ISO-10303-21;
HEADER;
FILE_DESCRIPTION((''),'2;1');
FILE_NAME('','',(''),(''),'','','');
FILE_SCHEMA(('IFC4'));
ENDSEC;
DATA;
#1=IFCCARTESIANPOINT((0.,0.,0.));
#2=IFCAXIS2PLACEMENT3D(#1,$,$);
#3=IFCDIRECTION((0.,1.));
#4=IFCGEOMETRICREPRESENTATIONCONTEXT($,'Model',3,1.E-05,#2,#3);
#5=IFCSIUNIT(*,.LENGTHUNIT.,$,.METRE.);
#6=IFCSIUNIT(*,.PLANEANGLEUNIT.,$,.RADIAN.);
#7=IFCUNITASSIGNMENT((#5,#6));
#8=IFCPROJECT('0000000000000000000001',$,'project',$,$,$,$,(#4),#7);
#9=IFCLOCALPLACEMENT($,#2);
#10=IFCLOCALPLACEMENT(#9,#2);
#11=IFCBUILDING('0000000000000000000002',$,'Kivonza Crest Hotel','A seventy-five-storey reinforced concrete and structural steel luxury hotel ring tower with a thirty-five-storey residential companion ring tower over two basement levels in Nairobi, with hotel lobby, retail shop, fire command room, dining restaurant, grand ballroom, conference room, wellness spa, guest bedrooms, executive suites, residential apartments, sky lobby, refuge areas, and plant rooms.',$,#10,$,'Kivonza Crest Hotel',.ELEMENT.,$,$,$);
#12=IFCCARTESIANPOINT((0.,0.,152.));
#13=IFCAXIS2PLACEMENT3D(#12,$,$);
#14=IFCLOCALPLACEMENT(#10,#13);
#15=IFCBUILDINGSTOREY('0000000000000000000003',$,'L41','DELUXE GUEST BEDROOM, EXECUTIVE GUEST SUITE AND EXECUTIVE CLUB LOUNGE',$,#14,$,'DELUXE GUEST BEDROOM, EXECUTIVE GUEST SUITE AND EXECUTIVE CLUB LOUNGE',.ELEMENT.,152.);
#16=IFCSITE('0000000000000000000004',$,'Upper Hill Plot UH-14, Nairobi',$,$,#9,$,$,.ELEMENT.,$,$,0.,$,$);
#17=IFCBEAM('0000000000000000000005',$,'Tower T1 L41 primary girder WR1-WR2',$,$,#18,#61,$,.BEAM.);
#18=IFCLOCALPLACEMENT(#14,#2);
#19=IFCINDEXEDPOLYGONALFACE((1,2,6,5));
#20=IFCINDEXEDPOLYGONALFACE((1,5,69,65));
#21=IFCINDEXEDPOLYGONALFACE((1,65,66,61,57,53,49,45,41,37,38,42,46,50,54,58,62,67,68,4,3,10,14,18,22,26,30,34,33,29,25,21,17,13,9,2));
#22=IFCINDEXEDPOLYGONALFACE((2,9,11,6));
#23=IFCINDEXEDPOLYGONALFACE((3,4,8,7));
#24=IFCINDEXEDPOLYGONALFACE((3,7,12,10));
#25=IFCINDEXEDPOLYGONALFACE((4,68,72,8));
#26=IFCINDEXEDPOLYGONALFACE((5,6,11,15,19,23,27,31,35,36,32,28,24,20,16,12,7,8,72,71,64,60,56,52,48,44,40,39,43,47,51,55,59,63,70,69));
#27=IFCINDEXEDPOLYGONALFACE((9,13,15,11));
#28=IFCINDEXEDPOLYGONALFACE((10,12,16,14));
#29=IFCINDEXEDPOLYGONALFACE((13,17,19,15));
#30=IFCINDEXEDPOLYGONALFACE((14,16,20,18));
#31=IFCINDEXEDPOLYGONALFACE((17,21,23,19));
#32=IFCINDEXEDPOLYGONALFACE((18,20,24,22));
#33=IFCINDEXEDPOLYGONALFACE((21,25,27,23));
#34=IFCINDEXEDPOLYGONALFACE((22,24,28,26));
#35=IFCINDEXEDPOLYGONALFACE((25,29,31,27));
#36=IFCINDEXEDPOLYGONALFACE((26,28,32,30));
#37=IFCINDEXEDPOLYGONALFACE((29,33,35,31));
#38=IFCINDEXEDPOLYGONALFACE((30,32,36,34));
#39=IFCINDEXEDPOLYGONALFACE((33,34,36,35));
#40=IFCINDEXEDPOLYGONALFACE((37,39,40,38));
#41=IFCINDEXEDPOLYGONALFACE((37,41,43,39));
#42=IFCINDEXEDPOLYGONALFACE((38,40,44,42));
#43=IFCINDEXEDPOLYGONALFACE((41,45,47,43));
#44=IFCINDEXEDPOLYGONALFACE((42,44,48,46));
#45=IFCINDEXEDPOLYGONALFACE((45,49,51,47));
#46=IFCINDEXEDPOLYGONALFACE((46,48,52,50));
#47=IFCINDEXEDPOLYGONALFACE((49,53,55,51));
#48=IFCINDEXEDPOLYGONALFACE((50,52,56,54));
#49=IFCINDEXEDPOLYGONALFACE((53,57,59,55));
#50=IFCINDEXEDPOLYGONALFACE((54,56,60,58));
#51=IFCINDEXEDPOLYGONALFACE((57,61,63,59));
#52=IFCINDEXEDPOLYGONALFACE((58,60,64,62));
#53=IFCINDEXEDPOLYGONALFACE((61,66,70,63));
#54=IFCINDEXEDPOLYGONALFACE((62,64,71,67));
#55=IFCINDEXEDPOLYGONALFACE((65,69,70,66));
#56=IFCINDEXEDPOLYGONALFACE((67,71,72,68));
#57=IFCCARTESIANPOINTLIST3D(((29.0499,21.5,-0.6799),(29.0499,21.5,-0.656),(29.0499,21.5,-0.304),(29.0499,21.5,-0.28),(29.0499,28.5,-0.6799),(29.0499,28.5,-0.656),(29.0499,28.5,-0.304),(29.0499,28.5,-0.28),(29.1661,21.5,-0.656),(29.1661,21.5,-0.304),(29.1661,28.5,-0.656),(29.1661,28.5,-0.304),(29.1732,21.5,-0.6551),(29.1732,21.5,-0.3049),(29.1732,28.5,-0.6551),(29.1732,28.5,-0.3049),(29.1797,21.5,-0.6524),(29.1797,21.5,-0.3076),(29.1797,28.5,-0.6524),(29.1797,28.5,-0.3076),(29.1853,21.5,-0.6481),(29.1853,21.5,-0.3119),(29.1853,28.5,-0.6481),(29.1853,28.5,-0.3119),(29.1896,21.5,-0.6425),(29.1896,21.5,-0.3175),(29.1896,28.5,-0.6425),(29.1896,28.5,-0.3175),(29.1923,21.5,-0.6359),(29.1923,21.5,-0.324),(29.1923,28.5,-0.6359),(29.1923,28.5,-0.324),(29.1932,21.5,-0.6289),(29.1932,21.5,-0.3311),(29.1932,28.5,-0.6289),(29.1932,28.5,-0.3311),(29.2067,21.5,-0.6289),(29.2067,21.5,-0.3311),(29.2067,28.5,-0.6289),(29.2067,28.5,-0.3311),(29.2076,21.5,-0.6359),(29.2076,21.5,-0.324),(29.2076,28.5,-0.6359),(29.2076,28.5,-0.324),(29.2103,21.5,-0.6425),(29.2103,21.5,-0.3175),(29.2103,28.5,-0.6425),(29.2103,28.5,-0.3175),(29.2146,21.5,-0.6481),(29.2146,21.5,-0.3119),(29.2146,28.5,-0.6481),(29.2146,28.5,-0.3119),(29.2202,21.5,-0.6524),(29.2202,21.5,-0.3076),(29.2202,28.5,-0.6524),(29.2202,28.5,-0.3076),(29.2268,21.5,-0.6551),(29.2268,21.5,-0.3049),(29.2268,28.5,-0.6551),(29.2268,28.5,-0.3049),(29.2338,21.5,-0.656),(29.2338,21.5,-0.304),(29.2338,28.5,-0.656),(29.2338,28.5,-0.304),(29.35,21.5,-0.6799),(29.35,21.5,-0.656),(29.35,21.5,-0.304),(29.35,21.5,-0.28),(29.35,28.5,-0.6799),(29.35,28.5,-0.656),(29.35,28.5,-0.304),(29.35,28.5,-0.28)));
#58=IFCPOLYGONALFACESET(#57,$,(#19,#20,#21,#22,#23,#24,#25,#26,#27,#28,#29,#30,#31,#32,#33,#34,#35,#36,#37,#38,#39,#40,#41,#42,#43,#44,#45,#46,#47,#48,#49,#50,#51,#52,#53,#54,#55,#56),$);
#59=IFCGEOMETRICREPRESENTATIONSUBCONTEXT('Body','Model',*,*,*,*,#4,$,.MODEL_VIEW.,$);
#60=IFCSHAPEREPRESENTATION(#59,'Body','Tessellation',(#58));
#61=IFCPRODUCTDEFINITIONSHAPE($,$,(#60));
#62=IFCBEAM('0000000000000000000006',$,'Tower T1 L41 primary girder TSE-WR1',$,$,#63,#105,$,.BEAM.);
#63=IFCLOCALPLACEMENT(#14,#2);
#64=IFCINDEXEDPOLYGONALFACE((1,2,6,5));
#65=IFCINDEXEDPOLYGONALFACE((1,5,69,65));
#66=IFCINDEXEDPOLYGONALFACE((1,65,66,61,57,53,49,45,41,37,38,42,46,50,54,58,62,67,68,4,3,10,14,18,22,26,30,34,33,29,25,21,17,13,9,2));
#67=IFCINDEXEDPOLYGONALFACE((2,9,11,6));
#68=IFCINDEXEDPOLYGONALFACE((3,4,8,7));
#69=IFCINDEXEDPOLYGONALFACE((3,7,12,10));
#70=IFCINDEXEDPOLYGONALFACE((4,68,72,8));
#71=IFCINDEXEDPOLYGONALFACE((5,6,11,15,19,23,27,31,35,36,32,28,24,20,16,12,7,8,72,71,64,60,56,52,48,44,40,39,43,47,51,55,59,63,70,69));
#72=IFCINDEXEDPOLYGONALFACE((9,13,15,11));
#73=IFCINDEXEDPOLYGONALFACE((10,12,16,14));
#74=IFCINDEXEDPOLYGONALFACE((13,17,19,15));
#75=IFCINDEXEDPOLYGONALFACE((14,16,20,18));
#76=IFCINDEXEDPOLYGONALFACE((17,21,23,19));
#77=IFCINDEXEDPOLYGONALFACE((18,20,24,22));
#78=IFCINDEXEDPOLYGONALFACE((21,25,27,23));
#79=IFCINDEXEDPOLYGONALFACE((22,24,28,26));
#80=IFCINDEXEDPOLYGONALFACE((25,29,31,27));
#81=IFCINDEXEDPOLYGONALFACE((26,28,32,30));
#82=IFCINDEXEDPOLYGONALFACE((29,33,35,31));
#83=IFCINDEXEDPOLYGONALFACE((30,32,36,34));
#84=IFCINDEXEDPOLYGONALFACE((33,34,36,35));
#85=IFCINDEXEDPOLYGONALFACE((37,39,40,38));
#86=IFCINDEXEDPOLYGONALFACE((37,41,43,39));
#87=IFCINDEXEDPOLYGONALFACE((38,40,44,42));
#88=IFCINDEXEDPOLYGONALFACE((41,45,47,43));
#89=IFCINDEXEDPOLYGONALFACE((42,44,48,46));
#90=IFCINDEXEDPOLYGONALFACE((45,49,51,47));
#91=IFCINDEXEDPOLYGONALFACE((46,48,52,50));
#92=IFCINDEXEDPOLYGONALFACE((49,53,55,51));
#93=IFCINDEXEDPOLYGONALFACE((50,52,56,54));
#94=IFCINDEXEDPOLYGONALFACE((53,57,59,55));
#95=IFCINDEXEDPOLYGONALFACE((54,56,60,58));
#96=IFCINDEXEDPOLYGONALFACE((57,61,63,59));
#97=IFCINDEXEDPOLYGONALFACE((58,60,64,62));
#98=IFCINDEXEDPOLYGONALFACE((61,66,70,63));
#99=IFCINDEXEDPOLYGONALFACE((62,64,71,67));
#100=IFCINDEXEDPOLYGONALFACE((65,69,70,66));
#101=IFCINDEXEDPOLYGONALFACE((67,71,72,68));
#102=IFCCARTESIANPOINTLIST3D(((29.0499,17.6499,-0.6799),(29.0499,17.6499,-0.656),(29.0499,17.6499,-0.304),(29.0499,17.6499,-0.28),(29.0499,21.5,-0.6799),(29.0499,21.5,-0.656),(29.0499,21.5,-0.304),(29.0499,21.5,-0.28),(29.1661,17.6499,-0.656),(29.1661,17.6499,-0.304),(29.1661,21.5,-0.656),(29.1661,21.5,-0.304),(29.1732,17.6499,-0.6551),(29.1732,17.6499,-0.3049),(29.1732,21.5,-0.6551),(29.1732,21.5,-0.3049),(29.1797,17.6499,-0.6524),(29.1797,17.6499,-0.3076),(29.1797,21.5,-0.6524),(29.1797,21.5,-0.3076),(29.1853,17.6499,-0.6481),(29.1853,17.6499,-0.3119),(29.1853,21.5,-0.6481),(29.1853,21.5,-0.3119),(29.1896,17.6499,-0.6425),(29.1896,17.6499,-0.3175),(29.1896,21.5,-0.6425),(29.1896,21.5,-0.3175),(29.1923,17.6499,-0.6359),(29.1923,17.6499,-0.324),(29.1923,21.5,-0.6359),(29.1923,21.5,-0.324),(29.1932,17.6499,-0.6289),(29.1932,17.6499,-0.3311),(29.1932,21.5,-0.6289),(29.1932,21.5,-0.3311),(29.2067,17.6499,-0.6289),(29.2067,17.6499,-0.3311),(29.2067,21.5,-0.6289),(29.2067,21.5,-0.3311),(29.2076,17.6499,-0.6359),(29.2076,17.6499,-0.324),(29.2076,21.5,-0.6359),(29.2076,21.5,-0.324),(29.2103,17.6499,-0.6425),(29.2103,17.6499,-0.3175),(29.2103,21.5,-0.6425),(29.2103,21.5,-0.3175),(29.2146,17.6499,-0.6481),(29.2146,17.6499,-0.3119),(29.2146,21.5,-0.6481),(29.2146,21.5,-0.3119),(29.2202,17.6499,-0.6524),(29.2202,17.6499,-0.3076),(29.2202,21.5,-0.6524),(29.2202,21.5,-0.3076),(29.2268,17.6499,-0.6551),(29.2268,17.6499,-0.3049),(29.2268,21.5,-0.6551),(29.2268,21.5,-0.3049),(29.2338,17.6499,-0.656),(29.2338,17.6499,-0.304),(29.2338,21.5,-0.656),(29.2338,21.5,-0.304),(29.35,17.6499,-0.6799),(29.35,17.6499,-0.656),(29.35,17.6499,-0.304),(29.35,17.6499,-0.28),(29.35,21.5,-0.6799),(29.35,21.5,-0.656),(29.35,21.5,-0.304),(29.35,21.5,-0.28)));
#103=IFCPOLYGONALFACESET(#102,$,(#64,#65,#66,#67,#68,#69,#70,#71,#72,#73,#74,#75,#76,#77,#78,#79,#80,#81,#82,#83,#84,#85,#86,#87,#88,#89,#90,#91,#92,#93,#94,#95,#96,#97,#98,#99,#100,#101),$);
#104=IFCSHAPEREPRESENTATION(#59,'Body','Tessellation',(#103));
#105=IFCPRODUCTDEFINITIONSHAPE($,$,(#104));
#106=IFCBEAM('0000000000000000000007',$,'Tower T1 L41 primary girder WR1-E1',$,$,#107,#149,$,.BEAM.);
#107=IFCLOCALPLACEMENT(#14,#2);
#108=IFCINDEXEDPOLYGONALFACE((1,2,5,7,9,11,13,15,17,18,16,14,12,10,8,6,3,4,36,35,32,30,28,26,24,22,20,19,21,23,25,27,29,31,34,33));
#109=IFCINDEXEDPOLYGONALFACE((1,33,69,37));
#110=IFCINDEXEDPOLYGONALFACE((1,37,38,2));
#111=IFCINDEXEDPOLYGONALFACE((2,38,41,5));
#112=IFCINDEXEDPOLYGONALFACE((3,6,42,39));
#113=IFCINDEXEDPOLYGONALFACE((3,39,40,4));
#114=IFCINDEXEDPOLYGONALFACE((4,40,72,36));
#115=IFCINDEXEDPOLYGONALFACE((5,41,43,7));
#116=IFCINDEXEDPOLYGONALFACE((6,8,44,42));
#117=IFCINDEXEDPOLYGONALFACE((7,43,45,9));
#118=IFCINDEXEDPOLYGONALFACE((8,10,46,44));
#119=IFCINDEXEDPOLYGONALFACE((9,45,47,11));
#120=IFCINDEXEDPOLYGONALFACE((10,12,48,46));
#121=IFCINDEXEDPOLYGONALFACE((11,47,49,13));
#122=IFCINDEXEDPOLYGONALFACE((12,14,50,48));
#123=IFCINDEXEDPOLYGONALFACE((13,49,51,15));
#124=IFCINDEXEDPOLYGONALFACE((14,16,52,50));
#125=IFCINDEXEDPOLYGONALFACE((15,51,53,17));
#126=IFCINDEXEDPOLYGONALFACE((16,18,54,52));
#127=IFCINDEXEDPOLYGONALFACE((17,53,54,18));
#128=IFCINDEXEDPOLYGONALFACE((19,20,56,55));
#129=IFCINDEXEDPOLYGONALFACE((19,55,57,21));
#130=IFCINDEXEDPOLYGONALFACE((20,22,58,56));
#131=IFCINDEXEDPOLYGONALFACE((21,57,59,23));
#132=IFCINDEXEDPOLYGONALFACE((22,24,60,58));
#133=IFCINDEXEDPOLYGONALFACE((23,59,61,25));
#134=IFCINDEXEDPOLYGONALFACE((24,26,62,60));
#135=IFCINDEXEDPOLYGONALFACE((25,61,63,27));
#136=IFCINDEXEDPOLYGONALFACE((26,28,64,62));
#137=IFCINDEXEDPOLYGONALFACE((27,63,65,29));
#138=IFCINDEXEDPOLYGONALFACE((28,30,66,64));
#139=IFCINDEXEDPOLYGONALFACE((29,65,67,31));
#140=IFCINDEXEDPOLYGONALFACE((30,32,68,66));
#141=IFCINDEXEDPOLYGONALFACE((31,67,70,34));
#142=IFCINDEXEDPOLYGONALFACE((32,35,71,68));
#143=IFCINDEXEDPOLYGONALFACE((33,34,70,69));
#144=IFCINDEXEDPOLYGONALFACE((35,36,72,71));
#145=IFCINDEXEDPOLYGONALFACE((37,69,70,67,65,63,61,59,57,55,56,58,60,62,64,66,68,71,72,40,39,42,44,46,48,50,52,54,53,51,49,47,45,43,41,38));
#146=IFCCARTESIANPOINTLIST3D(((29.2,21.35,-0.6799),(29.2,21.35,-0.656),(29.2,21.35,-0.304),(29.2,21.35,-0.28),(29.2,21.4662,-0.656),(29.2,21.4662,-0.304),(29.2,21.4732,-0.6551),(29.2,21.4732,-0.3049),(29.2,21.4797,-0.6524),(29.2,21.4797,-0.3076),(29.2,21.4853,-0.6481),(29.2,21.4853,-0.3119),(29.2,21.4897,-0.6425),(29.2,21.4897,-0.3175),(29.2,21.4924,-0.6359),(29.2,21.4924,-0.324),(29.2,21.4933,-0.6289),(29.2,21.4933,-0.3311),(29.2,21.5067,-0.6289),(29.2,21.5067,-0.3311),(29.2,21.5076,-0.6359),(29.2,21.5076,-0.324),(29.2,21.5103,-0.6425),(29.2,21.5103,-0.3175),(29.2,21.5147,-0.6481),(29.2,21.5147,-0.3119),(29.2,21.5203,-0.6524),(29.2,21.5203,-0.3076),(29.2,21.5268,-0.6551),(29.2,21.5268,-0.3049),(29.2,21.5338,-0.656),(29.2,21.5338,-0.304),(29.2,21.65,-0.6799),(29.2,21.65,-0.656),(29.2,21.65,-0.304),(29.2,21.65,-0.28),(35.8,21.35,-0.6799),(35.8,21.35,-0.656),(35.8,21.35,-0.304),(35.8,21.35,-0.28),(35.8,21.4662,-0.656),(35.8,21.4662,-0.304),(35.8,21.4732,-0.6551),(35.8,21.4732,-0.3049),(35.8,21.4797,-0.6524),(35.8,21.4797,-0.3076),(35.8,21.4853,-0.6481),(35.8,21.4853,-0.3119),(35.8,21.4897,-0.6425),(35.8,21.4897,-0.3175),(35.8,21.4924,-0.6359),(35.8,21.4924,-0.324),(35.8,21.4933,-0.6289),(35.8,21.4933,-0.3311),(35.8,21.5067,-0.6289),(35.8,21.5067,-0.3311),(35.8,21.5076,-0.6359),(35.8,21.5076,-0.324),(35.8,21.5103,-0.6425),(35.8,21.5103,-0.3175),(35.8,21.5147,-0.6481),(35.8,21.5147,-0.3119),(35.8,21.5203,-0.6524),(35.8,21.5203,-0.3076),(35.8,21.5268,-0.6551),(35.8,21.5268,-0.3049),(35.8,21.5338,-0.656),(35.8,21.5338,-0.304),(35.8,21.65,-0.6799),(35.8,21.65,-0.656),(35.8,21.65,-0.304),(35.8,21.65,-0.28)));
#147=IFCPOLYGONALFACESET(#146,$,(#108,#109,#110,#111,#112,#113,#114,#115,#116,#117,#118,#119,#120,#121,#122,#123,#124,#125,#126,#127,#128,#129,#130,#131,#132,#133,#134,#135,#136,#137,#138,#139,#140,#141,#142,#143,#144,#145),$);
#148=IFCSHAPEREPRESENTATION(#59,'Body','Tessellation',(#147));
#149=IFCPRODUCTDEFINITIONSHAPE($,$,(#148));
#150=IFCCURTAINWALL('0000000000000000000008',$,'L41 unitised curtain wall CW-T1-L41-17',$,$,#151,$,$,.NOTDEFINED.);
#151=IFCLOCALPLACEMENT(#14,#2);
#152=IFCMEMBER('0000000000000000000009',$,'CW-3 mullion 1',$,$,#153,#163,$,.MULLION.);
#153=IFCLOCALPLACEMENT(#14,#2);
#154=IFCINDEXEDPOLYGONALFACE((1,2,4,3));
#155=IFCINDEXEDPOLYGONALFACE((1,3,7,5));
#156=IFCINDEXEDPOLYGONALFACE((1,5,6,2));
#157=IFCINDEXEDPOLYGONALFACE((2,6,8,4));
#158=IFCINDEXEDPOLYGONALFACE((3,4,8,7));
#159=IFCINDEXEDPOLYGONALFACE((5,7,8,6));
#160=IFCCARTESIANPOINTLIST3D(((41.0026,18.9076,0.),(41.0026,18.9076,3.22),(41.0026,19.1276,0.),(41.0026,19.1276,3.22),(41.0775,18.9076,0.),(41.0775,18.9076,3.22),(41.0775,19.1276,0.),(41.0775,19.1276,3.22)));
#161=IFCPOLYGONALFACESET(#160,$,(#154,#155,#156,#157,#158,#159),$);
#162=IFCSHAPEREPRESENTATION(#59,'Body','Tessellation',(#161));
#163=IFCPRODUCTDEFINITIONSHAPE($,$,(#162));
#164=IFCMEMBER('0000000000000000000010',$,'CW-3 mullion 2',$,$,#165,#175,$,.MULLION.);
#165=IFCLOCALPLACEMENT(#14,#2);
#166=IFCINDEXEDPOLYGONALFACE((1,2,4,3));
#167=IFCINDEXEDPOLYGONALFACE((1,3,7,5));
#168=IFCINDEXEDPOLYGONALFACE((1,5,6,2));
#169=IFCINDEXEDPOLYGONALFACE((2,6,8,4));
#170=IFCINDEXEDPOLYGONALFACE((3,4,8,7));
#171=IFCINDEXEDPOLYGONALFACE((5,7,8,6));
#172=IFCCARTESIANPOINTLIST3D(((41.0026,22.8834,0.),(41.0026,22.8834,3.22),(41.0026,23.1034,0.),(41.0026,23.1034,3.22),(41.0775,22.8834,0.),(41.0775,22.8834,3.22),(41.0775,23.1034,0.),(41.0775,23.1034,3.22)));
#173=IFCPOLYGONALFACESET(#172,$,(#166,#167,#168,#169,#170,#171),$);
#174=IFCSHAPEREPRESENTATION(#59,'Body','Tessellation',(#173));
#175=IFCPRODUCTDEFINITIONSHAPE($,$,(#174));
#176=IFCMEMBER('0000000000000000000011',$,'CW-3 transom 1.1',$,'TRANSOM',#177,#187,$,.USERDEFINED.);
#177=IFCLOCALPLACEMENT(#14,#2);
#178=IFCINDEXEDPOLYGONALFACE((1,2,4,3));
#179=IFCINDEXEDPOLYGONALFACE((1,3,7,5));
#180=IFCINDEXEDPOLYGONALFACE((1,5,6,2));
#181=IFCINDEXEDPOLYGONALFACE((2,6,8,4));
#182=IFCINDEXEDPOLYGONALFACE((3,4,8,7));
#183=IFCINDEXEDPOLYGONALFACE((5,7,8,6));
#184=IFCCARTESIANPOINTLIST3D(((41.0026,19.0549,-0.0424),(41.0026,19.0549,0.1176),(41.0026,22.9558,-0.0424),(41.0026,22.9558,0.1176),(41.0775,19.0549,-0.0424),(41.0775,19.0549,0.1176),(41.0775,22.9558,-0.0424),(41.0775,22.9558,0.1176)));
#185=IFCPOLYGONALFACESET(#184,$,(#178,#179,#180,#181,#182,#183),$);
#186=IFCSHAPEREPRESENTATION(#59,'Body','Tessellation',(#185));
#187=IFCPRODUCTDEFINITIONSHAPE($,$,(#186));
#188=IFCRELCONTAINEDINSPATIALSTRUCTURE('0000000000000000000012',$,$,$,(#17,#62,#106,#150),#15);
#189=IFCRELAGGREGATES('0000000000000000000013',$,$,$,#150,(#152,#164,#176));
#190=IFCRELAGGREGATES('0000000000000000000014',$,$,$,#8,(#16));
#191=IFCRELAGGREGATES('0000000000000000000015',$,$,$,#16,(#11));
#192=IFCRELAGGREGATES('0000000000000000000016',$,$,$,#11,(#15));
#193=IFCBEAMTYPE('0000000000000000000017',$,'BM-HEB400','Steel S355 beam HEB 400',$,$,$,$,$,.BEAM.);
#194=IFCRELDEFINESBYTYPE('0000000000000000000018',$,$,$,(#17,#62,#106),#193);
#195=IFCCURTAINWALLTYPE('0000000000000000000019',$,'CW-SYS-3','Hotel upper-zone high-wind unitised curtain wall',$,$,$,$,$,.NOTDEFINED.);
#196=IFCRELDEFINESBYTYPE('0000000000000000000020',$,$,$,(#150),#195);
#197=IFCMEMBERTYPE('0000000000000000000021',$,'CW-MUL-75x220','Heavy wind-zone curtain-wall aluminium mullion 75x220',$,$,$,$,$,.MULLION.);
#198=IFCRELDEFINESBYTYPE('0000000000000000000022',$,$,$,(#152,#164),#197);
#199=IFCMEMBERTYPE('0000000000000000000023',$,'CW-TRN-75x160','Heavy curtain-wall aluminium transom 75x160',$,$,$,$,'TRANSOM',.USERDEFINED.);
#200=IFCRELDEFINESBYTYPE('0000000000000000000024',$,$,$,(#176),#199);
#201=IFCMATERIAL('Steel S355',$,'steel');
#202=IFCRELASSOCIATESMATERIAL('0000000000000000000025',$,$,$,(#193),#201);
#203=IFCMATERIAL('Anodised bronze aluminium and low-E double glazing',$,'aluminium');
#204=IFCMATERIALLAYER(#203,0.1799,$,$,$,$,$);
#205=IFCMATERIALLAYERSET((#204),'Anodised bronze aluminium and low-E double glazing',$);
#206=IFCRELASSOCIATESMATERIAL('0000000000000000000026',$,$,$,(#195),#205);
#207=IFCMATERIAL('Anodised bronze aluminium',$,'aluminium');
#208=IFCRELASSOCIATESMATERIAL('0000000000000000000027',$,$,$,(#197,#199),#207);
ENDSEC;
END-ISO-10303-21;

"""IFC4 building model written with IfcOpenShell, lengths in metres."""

from ifc_helpers import new_model, si_unit, direction, frame, origin, origin_2d, place, context, subcontext, project, spatial, rectangle, i_section, extrude, material, layer, layer_set, material_profile, profile_set, type_object, element, aggregate, save


model = new_model("IFC4")

# Units and contexts
model_context = context("Model", 3, precision=1e-05, world=origin(), true_north=direction((0.0, 1.0)))
body_context = subcontext(model_context, "Body", "Model", "MODEL_VIEW")
ifc_project = project(units=[si_unit("LENGTHUNIT", "METRE"), si_unit("PLANEANGLEUNIT", "RADIAN")], contexts=[model_context])

# Site, building, storey
site_placement = place(None, origin())
site = spatial("IfcSite", under=ifc_project, at=site_placement, Name="Upper Hill Plot UH-14, Nairobi", CompositionType="ELEMENT", RefElevation=0.0)
building_placement = place(site_placement, origin())
building = spatial("IfcBuilding", under=site, at=building_placement, Name="Kivonza Crest Hotel", Description="A seventy-five-storey reinforced concrete and structural steel luxury hotel ring tower with a thirty-five-storey residential companion ring tower over two basement levels in Nairobi, with hotel lobby, retail shop, fire command room, dining restaurant, grand ballroom, conference room, wellness spa, guest bedrooms, executive suites, residential apartments, sky lobby, refuge areas, and plant rooms.", LongName="Kivonza Crest Hotel", CompositionType="ELEMENT")
storey_placement = place(building_placement, frame((0.0, 0.0, 152.0)))
storey = spatial("IfcBuildingStorey", under=building, at=storey_placement, Name="L41", Description="DELUXE GUEST BEDROOM, EXECUTIVE GUEST SUITE AND EXECUTIVE CLUB LOUNGE", LongName="DELUXE GUEST BEDROOM, EXECUTIVE GUEST SUITE AND EXECUTIVE CLUB LOUNGE", CompositionType="ELEMENT", Elevation=152.0)

# Beams
ifc_material_1 = material(Name="Steel S355", Category="steel")
ifc_material_profile_1 = material_profile(ifc_material_1, i_section(OverallWidth=0.3, OverallDepth=0.3999, WebThickness=0.0134, FlangeThickness=0.0239, FilletRadius=0.0271, at=origin_2d()), Name="HEB 400")
ifc_profile_set_1 = profile_set([ifc_material_profile_1], Name="Steel S355")
beam_type_1 = type_object("IfcBeamType", Name="BM-HEB400", Description="Steel S355 beam HEB 400", PredefinedType="BEAM", material=ifc_profile_set_1)
beam_1_placement = place(storey_placement, frame((29.2, 21.5, -0.48), z_axis=(0.0, 1.0, 0.0), x_axis=(-1.0, 0.0, 0.0)))
element("IfcBeam", 1, at=beam_1_placement, inside=storey, type_object=beam_type_1, Name="Tower T1 L41 primary girder WR1-WR2", PredefinedType="BEAM", context=body_context, shape_type="SweptSolid", body=[
    extrude(i_section(OverallWidth=0.3, OverallDepth=0.3999, WebThickness=0.0134, FlangeThickness=0.0239, FilletRadius=0.0271, at=origin_2d()), origin(), (0.0, 0.0, 1.0), 7.0),
])
beam_2_placement = place(storey_placement, frame((29.2, 17.6499, -0.48), z_axis=(0.0, 1.0, 0.0), x_axis=(-1.0, 0.0, 0.0)))
element("IfcBeam", 2, at=beam_2_placement, inside=storey, type_object=beam_type_1, Name="Tower T1 L41 primary girder TSE-WR1", PredefinedType="BEAM", context=body_context, shape_type="SweptSolid", body=[
    extrude(i_section(OverallWidth=0.3, OverallDepth=0.3999, WebThickness=0.0134, FlangeThickness=0.0239, FilletRadius=0.0271, at=origin_2d()), origin(), (0.0, 0.0, 1.0), 3.8501),
])
beam_3_placement = place(storey_placement, frame((29.2, 21.5, -0.48), z_axis=(1.0, 0.0, 0.0), x_axis=(0.0, 1.0, 0.0)))
element("IfcBeam", 3, at=beam_3_placement, inside=storey, type_object=beam_type_1, Name="Tower T1 L41 primary girder WR1-E1", PredefinedType="BEAM", context=body_context, shape_type="SweptSolid", body=[
    extrude(i_section(OverallWidth=0.3, OverallDepth=0.3999, WebThickness=0.0134, FlangeThickness=0.0239, FilletRadius=0.0271, at=origin_2d()), origin(), (0.0, 0.0, 1.0), 6.6001),
])

# Curtain wall, members
ifc_material_2 = material(Name="Anodised bronze aluminium and low-E double glazing", Category="aluminium")
ifc_layer_1 = layer(ifc_material_2, 0.1799)
ifc_layer_set_1 = layer_set([ifc_layer_1], Name="Anodised bronze aluminium and low-E double glazing")
curtain_wall_type = type_object("IfcCurtainWallType", Name="CW-SYS-3", Description="Hotel upper-zone high-wind unitised curtain wall", PredefinedType="NOTDEFINED", material=ifc_layer_set_1)
curtain_wall_placement = place(storey_placement, origin())
curtain_wall = element("IfcCurtainWall", 4, at=curtain_wall_placement, inside=storey, type_object=curtain_wall_type, Name="L41 unitised curtain wall CW-T1-L41-17", PredefinedType="NOTDEFINED")
ifc_material_3 = material(Name="Anodised bronze aluminium", Category="aluminium")
ifc_material_profile_2 = material_profile(ifc_material_3, rectangle(XDim=0.075, YDim=0.22, at=origin_2d()), Name="CW-M 75x220")
ifc_profile_set_2 = profile_set([ifc_material_profile_2], Name="Anodised bronze aluminium")
member_type_1 = type_object("IfcMemberType", Name="CW-MUL-75x220", Description="Heavy wind-zone curtain-wall aluminium mullion 75x220", PredefinedType="MULLION", material=ifc_profile_set_2)
member_1_placement = place(storey_placement, frame((41.04, 19.0176, 0.0), z_axis=(0.0, 0.0, 1.0), x_axis=(-1.0, 0.0, 0.0)))
member_1 = element("IfcMember", 5, at=member_1_placement, type_object=member_type_1, Name="CW-3 mullion 1", PredefinedType="MULLION", context=body_context, shape_type="SweptSolid", body=[
    extrude(rectangle(XDim=0.075, YDim=0.22, at=origin_2d()), origin(), (0.0, 0.0, 1.0), 3.22),
])
member_2_placement = place(storey_placement, frame((41.04, 22.9934, 0.0), z_axis=(0.0, 0.0, 1.0), x_axis=(-1.0, 0.0, 0.0)))
member_2 = element("IfcMember", 6, at=member_2_placement, type_object=member_type_1, Name="CW-3 mullion 2", PredefinedType="MULLION", context=body_context, shape_type="SweptSolid", body=[
    extrude(rectangle(XDim=0.075, YDim=0.22, at=origin_2d()), origin(), (0.0, 0.0, 1.0), 3.22),
])
ifc_material_profile_3 = material_profile(ifc_material_3, rectangle(XDim=0.075, YDim=0.1599, at=origin_2d()), Name="CW-T 75x160")
ifc_profile_set_3 = profile_set([ifc_material_profile_3], Name="Anodised bronze aluminium")
member_type_2 = type_object("IfcMemberType", Name="CW-TRN-75x160", Description="Heavy curtain-wall aluminium transom 75x160", ElementType="TRANSOM", PredefinedType="USERDEFINED", material=ifc_profile_set_3)
member_3_placement = place(storey_placement, frame((41.04, 19.0549, 0.0376), z_axis=(0.0, 1.0, 0.0), x_axis=(-1.0, 0.0, 0.0)))
member_3 = element("IfcMember", 7, at=member_3_placement, type_object=member_type_2, Name="CW-3 transom 1.1", ObjectType="TRANSOM", PredefinedType="USERDEFINED", context=body_context, shape_type="SweptSolid", body=[
    extrude(rectangle(XDim=0.075, YDim=0.1599, at=origin_2d()), origin(), (0.0, 0.0, 1.0), 3.9009),
])
aggregate(curtain_wall, [member_1, member_2, member_3])

save(model, "model.ifc")
